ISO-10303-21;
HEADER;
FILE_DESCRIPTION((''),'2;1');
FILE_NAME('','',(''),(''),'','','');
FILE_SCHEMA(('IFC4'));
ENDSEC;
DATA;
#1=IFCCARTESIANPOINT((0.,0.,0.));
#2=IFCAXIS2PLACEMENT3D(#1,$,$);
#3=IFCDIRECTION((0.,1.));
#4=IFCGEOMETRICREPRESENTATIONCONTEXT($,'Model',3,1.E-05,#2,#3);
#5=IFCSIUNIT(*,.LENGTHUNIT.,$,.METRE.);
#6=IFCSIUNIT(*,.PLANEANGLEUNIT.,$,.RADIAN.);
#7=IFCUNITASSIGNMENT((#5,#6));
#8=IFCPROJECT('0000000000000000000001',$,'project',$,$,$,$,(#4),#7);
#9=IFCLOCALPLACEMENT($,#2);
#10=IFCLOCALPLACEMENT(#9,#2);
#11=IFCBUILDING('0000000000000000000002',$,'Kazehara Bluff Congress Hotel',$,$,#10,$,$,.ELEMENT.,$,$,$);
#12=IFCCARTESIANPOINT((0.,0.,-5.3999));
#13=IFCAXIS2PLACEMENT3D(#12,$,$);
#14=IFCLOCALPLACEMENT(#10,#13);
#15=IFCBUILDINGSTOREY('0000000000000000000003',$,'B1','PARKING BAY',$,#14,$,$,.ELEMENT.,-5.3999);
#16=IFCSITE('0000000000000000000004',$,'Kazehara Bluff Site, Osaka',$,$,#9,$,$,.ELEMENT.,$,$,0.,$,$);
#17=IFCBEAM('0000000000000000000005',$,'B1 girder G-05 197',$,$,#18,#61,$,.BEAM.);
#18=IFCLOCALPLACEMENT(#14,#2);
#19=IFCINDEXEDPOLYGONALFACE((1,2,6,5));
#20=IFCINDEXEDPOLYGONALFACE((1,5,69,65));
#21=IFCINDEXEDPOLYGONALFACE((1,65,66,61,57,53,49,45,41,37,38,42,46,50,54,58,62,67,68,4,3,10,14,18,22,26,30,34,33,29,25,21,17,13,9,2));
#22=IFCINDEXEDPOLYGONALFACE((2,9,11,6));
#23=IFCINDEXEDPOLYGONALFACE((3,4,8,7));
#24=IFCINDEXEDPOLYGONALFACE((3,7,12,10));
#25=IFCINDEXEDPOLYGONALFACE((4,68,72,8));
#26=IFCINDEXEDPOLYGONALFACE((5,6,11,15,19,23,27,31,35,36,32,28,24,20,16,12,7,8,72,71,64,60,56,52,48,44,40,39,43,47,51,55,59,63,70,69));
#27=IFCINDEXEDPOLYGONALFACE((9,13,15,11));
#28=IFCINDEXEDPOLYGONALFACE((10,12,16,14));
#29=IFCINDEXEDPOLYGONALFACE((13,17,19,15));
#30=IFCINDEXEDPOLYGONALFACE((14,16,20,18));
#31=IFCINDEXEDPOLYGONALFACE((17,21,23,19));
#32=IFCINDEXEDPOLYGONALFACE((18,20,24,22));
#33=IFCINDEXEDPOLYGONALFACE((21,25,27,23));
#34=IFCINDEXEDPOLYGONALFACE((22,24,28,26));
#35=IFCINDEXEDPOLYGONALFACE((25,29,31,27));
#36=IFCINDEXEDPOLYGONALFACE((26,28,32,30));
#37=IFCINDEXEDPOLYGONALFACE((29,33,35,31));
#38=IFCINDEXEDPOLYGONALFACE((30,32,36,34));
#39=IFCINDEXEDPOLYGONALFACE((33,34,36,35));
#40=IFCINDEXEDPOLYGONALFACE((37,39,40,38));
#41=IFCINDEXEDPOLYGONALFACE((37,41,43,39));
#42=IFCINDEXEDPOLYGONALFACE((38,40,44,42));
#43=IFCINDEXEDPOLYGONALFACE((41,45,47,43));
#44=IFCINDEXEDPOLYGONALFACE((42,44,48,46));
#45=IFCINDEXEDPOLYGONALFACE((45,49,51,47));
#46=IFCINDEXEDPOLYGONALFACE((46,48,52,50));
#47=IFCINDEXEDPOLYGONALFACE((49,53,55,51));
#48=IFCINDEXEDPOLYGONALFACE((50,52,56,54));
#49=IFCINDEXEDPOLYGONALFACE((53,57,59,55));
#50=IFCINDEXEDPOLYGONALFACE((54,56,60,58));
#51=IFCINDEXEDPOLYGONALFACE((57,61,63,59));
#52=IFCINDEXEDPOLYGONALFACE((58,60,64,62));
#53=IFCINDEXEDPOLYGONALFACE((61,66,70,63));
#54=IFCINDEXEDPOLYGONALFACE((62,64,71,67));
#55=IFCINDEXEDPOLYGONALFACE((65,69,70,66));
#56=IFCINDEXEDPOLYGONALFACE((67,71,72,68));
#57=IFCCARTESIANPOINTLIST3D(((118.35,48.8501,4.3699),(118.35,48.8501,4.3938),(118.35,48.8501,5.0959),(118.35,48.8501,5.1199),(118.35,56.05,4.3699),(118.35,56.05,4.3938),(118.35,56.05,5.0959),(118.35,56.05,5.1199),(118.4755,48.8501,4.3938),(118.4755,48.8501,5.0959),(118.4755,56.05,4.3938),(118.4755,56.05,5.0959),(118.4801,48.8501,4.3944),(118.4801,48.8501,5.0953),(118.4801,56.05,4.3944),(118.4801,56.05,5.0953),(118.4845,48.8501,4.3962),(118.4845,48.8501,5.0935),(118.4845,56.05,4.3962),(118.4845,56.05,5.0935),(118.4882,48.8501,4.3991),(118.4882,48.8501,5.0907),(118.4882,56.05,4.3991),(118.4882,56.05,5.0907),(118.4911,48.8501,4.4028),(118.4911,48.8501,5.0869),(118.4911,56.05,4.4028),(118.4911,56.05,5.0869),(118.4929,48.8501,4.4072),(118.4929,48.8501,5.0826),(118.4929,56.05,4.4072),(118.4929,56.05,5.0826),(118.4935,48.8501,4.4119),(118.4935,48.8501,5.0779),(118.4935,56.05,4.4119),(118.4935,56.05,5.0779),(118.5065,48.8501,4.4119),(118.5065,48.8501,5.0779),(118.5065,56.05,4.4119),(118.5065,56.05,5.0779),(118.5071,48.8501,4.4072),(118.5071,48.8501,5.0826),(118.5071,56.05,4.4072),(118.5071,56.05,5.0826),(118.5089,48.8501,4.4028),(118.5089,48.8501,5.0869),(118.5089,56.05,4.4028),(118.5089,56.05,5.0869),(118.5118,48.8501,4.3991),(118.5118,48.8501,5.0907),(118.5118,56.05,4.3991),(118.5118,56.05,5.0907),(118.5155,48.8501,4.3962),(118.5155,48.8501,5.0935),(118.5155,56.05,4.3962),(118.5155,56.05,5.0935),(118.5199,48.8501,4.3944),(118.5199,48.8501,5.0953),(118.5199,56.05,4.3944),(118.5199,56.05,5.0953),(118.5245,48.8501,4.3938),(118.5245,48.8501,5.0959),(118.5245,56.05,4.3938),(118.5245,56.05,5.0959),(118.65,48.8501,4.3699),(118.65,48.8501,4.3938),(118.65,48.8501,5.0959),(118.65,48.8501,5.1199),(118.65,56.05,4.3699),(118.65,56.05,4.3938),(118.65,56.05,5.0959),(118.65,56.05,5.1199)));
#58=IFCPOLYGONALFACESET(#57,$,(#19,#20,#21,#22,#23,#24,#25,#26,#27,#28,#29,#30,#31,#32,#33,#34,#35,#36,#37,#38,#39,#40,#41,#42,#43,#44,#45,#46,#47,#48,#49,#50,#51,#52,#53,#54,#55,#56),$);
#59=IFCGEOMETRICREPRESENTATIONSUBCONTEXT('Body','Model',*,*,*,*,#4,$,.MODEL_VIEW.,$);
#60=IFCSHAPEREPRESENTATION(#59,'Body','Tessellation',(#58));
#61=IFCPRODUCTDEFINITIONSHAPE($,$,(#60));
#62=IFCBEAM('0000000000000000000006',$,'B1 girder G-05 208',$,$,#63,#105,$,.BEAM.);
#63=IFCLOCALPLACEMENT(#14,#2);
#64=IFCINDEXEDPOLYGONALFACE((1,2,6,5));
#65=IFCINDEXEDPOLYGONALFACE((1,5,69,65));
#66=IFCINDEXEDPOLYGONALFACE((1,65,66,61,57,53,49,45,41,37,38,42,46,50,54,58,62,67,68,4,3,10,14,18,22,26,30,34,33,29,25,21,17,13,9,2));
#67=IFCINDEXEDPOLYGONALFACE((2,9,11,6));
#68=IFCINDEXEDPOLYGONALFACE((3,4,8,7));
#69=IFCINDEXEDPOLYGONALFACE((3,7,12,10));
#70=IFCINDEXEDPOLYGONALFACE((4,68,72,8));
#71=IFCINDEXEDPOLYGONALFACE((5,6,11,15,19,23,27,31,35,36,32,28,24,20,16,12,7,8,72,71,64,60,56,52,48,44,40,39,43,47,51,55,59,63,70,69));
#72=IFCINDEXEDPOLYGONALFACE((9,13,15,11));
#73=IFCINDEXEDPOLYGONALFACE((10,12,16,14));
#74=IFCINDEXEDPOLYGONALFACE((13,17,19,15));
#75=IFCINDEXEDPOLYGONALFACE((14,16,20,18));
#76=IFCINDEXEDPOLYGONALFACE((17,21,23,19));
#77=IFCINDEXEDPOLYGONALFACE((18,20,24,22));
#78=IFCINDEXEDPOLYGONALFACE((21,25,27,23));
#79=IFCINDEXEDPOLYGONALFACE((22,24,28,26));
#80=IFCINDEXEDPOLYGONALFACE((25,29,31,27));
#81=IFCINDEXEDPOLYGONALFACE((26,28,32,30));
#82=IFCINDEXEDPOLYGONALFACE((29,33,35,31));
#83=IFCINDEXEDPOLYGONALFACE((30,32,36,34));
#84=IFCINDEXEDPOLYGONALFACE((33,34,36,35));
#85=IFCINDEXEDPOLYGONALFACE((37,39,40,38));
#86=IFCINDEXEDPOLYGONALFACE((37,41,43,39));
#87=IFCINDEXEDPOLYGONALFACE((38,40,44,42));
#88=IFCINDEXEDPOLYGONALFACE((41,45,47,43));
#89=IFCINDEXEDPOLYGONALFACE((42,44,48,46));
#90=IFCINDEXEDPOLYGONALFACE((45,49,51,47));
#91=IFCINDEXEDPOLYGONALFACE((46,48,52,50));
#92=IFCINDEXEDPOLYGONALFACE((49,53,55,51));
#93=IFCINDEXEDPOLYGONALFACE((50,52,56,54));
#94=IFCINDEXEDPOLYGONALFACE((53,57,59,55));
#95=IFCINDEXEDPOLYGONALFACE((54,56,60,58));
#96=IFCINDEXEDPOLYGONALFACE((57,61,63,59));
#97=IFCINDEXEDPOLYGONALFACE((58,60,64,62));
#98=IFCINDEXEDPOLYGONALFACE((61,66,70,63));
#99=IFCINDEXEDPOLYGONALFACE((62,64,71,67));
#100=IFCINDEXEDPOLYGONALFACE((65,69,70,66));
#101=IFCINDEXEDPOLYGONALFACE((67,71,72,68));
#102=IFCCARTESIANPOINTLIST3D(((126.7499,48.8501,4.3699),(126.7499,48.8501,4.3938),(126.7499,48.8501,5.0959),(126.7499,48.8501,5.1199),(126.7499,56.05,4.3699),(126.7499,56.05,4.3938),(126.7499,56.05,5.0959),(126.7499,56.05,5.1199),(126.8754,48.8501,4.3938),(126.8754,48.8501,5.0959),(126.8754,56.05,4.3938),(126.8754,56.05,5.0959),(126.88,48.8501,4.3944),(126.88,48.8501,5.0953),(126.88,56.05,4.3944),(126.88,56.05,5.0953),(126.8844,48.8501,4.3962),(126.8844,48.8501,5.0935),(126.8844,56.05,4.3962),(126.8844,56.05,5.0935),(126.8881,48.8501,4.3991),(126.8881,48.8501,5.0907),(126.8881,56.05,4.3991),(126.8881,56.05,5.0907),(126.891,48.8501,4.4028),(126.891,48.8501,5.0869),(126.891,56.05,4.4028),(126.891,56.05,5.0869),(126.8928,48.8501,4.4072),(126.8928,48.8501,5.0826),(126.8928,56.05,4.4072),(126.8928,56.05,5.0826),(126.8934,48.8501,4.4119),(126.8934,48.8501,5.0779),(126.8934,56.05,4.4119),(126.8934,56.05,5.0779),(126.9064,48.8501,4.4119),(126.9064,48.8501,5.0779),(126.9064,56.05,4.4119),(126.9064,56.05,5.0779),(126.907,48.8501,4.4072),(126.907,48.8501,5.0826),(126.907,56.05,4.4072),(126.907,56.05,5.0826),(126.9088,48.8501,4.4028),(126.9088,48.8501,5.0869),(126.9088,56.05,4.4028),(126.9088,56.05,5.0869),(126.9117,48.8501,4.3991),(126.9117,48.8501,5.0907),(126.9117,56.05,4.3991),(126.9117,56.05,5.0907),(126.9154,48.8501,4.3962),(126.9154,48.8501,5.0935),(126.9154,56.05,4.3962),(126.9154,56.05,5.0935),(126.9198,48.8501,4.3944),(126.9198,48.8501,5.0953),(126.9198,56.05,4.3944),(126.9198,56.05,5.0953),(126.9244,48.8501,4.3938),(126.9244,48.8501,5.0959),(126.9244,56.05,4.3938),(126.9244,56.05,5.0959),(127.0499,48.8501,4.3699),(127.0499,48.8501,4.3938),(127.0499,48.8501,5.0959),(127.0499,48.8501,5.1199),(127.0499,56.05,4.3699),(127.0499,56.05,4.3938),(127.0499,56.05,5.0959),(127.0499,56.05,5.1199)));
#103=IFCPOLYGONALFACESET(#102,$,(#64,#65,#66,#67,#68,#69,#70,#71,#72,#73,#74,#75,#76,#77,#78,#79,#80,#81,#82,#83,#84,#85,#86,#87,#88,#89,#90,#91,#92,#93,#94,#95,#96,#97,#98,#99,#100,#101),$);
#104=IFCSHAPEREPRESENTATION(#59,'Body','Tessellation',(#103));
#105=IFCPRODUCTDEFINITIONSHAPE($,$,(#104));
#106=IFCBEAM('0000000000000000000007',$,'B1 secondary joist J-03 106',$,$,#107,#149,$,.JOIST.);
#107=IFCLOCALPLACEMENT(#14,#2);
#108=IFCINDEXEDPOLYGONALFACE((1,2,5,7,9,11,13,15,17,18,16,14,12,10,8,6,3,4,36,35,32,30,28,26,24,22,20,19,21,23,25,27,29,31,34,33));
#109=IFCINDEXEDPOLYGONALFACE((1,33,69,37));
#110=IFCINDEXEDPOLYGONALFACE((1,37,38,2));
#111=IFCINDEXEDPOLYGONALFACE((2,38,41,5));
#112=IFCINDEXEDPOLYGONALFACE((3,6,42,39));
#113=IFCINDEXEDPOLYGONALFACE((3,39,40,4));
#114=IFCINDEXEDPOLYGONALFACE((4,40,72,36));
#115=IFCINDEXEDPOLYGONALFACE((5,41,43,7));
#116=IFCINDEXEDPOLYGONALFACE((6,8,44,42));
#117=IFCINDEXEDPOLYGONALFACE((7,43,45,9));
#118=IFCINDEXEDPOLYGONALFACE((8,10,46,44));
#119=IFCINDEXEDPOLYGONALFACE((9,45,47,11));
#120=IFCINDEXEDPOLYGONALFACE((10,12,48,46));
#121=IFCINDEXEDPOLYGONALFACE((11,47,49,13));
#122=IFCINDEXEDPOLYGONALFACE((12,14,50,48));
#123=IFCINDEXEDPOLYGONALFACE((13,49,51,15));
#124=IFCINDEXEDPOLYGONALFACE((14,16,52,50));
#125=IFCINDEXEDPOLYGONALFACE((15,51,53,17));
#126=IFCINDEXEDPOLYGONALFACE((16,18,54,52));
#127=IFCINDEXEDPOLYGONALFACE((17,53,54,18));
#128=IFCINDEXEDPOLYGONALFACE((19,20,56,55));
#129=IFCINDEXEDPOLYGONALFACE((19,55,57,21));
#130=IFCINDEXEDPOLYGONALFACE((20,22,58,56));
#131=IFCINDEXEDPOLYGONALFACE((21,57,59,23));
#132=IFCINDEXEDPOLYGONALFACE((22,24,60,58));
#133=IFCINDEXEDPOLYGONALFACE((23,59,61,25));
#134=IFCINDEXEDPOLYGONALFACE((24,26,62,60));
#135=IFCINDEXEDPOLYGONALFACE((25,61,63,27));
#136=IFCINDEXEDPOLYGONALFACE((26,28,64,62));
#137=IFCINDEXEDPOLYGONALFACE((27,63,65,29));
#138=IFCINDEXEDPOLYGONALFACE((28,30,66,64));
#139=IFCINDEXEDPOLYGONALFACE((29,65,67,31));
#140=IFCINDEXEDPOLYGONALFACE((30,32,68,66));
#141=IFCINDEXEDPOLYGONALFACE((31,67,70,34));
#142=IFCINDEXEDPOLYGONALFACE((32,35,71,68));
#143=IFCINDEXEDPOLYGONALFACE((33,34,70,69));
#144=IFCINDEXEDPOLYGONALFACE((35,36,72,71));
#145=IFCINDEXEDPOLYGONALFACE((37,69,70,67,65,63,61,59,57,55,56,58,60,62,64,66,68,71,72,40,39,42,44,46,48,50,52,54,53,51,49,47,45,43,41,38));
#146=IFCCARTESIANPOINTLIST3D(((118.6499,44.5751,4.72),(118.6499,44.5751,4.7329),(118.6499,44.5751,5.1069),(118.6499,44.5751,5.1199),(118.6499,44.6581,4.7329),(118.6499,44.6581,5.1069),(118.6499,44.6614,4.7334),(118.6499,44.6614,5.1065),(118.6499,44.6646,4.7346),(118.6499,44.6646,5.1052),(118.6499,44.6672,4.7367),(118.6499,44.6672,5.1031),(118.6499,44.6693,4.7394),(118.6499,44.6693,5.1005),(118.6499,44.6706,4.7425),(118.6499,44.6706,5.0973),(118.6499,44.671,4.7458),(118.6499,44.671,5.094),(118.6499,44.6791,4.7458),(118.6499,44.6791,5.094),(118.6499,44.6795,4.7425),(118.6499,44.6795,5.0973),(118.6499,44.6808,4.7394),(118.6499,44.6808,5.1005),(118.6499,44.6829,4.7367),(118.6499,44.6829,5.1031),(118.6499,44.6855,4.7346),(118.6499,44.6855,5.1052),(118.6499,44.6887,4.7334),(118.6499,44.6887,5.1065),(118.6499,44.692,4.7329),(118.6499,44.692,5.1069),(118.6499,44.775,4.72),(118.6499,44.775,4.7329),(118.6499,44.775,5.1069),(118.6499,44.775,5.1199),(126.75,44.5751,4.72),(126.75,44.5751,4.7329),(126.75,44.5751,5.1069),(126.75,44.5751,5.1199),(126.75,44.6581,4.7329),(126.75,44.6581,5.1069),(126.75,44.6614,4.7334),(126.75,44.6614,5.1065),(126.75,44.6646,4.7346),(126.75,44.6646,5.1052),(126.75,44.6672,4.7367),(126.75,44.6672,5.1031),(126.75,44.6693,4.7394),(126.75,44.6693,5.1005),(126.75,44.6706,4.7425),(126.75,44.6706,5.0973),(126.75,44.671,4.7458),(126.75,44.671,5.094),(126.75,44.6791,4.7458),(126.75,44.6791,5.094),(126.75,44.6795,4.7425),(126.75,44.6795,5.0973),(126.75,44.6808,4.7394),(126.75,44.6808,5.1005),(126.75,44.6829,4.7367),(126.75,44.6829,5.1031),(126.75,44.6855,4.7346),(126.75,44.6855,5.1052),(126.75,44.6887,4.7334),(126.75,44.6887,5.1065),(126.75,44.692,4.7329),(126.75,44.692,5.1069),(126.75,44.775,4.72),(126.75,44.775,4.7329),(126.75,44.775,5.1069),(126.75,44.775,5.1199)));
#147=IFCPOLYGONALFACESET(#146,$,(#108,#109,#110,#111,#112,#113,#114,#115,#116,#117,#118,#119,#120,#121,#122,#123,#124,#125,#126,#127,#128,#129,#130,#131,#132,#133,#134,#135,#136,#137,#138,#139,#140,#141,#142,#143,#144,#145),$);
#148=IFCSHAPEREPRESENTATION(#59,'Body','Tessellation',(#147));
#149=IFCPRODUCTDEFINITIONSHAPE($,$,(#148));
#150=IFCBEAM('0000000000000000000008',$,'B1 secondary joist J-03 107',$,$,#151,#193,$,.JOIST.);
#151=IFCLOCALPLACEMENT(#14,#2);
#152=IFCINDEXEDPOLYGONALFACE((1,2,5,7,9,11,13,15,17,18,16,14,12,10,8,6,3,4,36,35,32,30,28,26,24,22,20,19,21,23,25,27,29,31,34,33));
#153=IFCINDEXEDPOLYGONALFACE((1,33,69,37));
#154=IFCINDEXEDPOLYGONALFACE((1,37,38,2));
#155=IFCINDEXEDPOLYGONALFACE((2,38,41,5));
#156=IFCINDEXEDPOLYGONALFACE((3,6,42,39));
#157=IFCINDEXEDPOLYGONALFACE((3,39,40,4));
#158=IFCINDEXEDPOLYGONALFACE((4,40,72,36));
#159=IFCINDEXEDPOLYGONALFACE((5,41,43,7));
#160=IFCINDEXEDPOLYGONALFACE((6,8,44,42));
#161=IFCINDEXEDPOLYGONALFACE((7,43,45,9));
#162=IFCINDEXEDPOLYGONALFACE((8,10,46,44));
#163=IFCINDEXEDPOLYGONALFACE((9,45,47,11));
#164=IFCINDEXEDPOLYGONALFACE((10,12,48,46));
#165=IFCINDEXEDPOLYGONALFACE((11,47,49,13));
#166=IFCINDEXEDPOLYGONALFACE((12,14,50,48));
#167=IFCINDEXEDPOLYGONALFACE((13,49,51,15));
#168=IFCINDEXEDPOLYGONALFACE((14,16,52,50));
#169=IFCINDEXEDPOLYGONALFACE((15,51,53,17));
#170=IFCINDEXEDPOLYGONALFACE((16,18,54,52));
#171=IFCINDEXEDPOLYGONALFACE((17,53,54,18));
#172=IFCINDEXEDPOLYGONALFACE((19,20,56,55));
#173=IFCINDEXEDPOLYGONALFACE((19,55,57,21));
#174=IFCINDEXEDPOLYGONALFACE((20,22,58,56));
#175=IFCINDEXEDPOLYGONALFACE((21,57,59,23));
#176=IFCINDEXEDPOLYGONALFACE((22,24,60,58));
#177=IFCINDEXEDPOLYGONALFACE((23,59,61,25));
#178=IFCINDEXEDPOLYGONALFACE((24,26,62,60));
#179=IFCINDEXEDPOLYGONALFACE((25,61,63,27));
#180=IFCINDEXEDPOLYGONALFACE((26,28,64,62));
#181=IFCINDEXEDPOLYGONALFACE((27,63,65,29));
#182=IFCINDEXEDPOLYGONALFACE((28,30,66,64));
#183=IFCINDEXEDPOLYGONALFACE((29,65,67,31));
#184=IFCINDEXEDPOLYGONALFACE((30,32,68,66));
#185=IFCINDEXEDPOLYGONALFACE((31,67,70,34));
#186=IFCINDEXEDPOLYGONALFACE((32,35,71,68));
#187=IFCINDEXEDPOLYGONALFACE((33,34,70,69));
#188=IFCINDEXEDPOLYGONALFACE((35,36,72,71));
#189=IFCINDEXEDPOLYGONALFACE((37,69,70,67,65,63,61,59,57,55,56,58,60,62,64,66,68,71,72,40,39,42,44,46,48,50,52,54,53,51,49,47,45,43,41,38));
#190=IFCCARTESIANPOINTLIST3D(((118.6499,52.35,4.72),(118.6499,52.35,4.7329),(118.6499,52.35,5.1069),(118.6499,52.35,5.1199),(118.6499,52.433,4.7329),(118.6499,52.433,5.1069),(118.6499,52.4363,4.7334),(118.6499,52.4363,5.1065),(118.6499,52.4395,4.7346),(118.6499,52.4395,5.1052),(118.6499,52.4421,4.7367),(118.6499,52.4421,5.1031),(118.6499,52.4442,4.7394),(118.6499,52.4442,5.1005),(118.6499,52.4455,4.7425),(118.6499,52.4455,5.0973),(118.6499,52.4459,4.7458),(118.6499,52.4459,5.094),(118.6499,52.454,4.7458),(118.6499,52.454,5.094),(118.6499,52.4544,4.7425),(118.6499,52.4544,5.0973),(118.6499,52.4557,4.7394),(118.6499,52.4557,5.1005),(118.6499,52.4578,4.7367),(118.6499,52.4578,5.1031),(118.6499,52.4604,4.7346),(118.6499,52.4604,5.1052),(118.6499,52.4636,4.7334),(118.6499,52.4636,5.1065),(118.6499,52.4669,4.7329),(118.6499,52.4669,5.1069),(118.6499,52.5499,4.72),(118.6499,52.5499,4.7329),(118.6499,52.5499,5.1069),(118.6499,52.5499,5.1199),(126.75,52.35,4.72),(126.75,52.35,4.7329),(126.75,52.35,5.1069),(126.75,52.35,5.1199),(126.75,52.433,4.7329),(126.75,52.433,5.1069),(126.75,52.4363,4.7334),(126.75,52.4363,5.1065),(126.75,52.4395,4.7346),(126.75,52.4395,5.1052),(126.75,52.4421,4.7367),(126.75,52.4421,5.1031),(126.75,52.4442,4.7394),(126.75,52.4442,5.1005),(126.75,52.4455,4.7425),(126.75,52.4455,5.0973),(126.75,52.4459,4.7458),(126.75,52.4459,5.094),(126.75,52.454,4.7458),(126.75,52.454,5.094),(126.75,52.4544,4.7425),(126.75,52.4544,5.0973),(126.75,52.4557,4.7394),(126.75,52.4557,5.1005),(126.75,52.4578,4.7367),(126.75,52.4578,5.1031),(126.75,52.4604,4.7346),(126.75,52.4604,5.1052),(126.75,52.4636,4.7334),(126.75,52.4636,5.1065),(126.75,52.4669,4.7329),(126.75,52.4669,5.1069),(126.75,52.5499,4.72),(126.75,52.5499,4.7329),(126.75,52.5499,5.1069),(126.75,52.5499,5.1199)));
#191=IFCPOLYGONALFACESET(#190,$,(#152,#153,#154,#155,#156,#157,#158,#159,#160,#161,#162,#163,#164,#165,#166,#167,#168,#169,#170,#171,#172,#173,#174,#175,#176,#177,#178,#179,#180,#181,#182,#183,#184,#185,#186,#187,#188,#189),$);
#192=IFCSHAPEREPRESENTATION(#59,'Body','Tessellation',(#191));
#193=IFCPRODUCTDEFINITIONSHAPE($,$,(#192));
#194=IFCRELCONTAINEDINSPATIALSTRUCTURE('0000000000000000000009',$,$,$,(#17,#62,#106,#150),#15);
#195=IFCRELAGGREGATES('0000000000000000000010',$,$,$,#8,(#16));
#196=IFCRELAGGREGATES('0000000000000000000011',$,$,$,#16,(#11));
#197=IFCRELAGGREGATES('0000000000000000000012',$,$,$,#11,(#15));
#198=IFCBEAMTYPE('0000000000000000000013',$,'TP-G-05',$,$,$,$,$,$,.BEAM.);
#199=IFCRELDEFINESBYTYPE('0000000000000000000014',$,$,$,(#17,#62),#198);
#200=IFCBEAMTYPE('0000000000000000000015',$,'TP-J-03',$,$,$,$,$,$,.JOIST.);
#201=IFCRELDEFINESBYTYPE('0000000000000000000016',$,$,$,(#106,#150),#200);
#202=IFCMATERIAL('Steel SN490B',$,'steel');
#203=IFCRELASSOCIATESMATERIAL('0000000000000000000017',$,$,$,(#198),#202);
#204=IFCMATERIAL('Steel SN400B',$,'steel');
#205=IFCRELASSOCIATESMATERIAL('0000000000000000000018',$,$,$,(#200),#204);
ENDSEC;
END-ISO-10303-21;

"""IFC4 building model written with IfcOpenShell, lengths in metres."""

from ifc_helpers import new_model, si_unit, direction, frame, origin, origin_2d, place, context, subcontext, project, spatial, i_section, extrude, material, material_profile, profile_set, type_object, element, save


model = new_model("IFC4")

# Units and contexts
model_context = context("Model", 3, precision=1e-05, world=origin(), true_north=direction((0.0, 1.0)))
body_context = subcontext(model_context, "Body", "Model", "MODEL_VIEW")
ifc_project = project(units=[si_unit("LENGTHUNIT", "METRE"), si_unit("PLANEANGLEUNIT", "RADIAN")], contexts=[model_context])

# Site, building, storey
site_placement = place(None, origin())
site = spatial("IfcSite", under=ifc_project, at=site_placement, Name="Kazehara Bluff Site, Osaka", CompositionType="ELEMENT", RefElevation=0.0)
building_placement = place(site_placement, origin())
building = spatial("IfcBuilding", under=site, at=building_placement, Name="Kazehara Bluff Congress Hotel", CompositionType="ELEMENT")
storey_placement = place(building_placement, frame((0.0, 0.0, -5.3999)))
storey = spatial("IfcBuildingStorey", under=building, at=storey_placement, Name="B1", Description="PARKING BAY", CompositionType="ELEMENT", Elevation=-5.3999)

# Beams
ifc_material_1 = material(Name="Steel SN490B", Category="steel")
ifc_material_profile_1 = material_profile(ifc_material_1, i_section(OverallWidth=0.3, OverallDepth=0.75, WebThickness=0.0129, FlangeThickness=0.0239, FilletRadius=0.0181, at=origin_2d()))
ifc_profile_set_1 = profile_set([ifc_material_profile_1], Name="Steel SN490B")
beam_type_1 = type_object("IfcBeamType", Name="TP-G-05", PredefinedType="BEAM", material=ifc_profile_set_1)
for number, where, z_axis, x_axis, name in (
    (1, (118.5, 48.8501, 4.7449), (0.0, 1.0, 0.0), (-1.0, 0.0, 0.0), "B1 girder G-05 197"),
    (2, (126.8999, 48.8501, 4.7449), (0.0, 1.0, 0.0), (-1.0, 0.0, 0.0), "B1 girder G-05 208"),
):
    element("IfcBeam", number, at=place(storey_placement, frame(where, z_axis=z_axis, x_axis=x_axis)), inside=storey, type_object=beam_type_1, Name=name, PredefinedType="BEAM", context=body_context, shape_type="SweptSolid", body=[
        extrude(i_section(OverallWidth=0.3, OverallDepth=0.75, WebThickness=0.0129, FlangeThickness=0.0239, FilletRadius=0.0181, at=origin_2d()), origin(), (0.0, 0.0, 1.0), 7.2),
    ])
ifc_material_2 = material(Name="Steel SN400B", Category="steel")
ifc_material_profile_2 = material_profile(ifc_material_2, i_section(OverallWidth=0.2, OverallDepth=0.3999, WebThickness=0.0081, FlangeThickness=0.0129, FilletRadius=0.0129, at=origin_2d()))
ifc_profile_set_2 = profile_set([ifc_material_profile_2], Name="Steel SN400B")
beam_type_2 = type_object("IfcBeamType", Name="TP-J-03", PredefinedType="JOIST", material=ifc_profile_set_2)
for number, where, z_axis, x_axis, name in (
    (3, (118.6499, 44.675, 4.9199), (1.0, 0.0, 0.0), (0.0, 1.0, 0.0), "B1 secondary joist J-03 106"),
    (4, (118.6499, 52.45, 4.9199), (1.0, 0.0, 0.0), (0.0, 1.0, 0.0), "B1 secondary joist J-03 107"),
):
    element("IfcBeam", number, at=place(storey_placement, frame(where, z_axis=z_axis, x_axis=x_axis)), inside=storey, type_object=beam_type_2, Name=name, PredefinedType="JOIST", context=body_context, shape_type="SweptSolid", body=[
        extrude(i_section(OverallWidth=0.2, OverallDepth=0.3999, WebThickness=0.0081, FlangeThickness=0.0129, FilletRadius=0.0129, at=origin_2d()), origin(), (0.0, 0.0, 1.0), 8.1001),
    ])

save(model, "model.ifc")
